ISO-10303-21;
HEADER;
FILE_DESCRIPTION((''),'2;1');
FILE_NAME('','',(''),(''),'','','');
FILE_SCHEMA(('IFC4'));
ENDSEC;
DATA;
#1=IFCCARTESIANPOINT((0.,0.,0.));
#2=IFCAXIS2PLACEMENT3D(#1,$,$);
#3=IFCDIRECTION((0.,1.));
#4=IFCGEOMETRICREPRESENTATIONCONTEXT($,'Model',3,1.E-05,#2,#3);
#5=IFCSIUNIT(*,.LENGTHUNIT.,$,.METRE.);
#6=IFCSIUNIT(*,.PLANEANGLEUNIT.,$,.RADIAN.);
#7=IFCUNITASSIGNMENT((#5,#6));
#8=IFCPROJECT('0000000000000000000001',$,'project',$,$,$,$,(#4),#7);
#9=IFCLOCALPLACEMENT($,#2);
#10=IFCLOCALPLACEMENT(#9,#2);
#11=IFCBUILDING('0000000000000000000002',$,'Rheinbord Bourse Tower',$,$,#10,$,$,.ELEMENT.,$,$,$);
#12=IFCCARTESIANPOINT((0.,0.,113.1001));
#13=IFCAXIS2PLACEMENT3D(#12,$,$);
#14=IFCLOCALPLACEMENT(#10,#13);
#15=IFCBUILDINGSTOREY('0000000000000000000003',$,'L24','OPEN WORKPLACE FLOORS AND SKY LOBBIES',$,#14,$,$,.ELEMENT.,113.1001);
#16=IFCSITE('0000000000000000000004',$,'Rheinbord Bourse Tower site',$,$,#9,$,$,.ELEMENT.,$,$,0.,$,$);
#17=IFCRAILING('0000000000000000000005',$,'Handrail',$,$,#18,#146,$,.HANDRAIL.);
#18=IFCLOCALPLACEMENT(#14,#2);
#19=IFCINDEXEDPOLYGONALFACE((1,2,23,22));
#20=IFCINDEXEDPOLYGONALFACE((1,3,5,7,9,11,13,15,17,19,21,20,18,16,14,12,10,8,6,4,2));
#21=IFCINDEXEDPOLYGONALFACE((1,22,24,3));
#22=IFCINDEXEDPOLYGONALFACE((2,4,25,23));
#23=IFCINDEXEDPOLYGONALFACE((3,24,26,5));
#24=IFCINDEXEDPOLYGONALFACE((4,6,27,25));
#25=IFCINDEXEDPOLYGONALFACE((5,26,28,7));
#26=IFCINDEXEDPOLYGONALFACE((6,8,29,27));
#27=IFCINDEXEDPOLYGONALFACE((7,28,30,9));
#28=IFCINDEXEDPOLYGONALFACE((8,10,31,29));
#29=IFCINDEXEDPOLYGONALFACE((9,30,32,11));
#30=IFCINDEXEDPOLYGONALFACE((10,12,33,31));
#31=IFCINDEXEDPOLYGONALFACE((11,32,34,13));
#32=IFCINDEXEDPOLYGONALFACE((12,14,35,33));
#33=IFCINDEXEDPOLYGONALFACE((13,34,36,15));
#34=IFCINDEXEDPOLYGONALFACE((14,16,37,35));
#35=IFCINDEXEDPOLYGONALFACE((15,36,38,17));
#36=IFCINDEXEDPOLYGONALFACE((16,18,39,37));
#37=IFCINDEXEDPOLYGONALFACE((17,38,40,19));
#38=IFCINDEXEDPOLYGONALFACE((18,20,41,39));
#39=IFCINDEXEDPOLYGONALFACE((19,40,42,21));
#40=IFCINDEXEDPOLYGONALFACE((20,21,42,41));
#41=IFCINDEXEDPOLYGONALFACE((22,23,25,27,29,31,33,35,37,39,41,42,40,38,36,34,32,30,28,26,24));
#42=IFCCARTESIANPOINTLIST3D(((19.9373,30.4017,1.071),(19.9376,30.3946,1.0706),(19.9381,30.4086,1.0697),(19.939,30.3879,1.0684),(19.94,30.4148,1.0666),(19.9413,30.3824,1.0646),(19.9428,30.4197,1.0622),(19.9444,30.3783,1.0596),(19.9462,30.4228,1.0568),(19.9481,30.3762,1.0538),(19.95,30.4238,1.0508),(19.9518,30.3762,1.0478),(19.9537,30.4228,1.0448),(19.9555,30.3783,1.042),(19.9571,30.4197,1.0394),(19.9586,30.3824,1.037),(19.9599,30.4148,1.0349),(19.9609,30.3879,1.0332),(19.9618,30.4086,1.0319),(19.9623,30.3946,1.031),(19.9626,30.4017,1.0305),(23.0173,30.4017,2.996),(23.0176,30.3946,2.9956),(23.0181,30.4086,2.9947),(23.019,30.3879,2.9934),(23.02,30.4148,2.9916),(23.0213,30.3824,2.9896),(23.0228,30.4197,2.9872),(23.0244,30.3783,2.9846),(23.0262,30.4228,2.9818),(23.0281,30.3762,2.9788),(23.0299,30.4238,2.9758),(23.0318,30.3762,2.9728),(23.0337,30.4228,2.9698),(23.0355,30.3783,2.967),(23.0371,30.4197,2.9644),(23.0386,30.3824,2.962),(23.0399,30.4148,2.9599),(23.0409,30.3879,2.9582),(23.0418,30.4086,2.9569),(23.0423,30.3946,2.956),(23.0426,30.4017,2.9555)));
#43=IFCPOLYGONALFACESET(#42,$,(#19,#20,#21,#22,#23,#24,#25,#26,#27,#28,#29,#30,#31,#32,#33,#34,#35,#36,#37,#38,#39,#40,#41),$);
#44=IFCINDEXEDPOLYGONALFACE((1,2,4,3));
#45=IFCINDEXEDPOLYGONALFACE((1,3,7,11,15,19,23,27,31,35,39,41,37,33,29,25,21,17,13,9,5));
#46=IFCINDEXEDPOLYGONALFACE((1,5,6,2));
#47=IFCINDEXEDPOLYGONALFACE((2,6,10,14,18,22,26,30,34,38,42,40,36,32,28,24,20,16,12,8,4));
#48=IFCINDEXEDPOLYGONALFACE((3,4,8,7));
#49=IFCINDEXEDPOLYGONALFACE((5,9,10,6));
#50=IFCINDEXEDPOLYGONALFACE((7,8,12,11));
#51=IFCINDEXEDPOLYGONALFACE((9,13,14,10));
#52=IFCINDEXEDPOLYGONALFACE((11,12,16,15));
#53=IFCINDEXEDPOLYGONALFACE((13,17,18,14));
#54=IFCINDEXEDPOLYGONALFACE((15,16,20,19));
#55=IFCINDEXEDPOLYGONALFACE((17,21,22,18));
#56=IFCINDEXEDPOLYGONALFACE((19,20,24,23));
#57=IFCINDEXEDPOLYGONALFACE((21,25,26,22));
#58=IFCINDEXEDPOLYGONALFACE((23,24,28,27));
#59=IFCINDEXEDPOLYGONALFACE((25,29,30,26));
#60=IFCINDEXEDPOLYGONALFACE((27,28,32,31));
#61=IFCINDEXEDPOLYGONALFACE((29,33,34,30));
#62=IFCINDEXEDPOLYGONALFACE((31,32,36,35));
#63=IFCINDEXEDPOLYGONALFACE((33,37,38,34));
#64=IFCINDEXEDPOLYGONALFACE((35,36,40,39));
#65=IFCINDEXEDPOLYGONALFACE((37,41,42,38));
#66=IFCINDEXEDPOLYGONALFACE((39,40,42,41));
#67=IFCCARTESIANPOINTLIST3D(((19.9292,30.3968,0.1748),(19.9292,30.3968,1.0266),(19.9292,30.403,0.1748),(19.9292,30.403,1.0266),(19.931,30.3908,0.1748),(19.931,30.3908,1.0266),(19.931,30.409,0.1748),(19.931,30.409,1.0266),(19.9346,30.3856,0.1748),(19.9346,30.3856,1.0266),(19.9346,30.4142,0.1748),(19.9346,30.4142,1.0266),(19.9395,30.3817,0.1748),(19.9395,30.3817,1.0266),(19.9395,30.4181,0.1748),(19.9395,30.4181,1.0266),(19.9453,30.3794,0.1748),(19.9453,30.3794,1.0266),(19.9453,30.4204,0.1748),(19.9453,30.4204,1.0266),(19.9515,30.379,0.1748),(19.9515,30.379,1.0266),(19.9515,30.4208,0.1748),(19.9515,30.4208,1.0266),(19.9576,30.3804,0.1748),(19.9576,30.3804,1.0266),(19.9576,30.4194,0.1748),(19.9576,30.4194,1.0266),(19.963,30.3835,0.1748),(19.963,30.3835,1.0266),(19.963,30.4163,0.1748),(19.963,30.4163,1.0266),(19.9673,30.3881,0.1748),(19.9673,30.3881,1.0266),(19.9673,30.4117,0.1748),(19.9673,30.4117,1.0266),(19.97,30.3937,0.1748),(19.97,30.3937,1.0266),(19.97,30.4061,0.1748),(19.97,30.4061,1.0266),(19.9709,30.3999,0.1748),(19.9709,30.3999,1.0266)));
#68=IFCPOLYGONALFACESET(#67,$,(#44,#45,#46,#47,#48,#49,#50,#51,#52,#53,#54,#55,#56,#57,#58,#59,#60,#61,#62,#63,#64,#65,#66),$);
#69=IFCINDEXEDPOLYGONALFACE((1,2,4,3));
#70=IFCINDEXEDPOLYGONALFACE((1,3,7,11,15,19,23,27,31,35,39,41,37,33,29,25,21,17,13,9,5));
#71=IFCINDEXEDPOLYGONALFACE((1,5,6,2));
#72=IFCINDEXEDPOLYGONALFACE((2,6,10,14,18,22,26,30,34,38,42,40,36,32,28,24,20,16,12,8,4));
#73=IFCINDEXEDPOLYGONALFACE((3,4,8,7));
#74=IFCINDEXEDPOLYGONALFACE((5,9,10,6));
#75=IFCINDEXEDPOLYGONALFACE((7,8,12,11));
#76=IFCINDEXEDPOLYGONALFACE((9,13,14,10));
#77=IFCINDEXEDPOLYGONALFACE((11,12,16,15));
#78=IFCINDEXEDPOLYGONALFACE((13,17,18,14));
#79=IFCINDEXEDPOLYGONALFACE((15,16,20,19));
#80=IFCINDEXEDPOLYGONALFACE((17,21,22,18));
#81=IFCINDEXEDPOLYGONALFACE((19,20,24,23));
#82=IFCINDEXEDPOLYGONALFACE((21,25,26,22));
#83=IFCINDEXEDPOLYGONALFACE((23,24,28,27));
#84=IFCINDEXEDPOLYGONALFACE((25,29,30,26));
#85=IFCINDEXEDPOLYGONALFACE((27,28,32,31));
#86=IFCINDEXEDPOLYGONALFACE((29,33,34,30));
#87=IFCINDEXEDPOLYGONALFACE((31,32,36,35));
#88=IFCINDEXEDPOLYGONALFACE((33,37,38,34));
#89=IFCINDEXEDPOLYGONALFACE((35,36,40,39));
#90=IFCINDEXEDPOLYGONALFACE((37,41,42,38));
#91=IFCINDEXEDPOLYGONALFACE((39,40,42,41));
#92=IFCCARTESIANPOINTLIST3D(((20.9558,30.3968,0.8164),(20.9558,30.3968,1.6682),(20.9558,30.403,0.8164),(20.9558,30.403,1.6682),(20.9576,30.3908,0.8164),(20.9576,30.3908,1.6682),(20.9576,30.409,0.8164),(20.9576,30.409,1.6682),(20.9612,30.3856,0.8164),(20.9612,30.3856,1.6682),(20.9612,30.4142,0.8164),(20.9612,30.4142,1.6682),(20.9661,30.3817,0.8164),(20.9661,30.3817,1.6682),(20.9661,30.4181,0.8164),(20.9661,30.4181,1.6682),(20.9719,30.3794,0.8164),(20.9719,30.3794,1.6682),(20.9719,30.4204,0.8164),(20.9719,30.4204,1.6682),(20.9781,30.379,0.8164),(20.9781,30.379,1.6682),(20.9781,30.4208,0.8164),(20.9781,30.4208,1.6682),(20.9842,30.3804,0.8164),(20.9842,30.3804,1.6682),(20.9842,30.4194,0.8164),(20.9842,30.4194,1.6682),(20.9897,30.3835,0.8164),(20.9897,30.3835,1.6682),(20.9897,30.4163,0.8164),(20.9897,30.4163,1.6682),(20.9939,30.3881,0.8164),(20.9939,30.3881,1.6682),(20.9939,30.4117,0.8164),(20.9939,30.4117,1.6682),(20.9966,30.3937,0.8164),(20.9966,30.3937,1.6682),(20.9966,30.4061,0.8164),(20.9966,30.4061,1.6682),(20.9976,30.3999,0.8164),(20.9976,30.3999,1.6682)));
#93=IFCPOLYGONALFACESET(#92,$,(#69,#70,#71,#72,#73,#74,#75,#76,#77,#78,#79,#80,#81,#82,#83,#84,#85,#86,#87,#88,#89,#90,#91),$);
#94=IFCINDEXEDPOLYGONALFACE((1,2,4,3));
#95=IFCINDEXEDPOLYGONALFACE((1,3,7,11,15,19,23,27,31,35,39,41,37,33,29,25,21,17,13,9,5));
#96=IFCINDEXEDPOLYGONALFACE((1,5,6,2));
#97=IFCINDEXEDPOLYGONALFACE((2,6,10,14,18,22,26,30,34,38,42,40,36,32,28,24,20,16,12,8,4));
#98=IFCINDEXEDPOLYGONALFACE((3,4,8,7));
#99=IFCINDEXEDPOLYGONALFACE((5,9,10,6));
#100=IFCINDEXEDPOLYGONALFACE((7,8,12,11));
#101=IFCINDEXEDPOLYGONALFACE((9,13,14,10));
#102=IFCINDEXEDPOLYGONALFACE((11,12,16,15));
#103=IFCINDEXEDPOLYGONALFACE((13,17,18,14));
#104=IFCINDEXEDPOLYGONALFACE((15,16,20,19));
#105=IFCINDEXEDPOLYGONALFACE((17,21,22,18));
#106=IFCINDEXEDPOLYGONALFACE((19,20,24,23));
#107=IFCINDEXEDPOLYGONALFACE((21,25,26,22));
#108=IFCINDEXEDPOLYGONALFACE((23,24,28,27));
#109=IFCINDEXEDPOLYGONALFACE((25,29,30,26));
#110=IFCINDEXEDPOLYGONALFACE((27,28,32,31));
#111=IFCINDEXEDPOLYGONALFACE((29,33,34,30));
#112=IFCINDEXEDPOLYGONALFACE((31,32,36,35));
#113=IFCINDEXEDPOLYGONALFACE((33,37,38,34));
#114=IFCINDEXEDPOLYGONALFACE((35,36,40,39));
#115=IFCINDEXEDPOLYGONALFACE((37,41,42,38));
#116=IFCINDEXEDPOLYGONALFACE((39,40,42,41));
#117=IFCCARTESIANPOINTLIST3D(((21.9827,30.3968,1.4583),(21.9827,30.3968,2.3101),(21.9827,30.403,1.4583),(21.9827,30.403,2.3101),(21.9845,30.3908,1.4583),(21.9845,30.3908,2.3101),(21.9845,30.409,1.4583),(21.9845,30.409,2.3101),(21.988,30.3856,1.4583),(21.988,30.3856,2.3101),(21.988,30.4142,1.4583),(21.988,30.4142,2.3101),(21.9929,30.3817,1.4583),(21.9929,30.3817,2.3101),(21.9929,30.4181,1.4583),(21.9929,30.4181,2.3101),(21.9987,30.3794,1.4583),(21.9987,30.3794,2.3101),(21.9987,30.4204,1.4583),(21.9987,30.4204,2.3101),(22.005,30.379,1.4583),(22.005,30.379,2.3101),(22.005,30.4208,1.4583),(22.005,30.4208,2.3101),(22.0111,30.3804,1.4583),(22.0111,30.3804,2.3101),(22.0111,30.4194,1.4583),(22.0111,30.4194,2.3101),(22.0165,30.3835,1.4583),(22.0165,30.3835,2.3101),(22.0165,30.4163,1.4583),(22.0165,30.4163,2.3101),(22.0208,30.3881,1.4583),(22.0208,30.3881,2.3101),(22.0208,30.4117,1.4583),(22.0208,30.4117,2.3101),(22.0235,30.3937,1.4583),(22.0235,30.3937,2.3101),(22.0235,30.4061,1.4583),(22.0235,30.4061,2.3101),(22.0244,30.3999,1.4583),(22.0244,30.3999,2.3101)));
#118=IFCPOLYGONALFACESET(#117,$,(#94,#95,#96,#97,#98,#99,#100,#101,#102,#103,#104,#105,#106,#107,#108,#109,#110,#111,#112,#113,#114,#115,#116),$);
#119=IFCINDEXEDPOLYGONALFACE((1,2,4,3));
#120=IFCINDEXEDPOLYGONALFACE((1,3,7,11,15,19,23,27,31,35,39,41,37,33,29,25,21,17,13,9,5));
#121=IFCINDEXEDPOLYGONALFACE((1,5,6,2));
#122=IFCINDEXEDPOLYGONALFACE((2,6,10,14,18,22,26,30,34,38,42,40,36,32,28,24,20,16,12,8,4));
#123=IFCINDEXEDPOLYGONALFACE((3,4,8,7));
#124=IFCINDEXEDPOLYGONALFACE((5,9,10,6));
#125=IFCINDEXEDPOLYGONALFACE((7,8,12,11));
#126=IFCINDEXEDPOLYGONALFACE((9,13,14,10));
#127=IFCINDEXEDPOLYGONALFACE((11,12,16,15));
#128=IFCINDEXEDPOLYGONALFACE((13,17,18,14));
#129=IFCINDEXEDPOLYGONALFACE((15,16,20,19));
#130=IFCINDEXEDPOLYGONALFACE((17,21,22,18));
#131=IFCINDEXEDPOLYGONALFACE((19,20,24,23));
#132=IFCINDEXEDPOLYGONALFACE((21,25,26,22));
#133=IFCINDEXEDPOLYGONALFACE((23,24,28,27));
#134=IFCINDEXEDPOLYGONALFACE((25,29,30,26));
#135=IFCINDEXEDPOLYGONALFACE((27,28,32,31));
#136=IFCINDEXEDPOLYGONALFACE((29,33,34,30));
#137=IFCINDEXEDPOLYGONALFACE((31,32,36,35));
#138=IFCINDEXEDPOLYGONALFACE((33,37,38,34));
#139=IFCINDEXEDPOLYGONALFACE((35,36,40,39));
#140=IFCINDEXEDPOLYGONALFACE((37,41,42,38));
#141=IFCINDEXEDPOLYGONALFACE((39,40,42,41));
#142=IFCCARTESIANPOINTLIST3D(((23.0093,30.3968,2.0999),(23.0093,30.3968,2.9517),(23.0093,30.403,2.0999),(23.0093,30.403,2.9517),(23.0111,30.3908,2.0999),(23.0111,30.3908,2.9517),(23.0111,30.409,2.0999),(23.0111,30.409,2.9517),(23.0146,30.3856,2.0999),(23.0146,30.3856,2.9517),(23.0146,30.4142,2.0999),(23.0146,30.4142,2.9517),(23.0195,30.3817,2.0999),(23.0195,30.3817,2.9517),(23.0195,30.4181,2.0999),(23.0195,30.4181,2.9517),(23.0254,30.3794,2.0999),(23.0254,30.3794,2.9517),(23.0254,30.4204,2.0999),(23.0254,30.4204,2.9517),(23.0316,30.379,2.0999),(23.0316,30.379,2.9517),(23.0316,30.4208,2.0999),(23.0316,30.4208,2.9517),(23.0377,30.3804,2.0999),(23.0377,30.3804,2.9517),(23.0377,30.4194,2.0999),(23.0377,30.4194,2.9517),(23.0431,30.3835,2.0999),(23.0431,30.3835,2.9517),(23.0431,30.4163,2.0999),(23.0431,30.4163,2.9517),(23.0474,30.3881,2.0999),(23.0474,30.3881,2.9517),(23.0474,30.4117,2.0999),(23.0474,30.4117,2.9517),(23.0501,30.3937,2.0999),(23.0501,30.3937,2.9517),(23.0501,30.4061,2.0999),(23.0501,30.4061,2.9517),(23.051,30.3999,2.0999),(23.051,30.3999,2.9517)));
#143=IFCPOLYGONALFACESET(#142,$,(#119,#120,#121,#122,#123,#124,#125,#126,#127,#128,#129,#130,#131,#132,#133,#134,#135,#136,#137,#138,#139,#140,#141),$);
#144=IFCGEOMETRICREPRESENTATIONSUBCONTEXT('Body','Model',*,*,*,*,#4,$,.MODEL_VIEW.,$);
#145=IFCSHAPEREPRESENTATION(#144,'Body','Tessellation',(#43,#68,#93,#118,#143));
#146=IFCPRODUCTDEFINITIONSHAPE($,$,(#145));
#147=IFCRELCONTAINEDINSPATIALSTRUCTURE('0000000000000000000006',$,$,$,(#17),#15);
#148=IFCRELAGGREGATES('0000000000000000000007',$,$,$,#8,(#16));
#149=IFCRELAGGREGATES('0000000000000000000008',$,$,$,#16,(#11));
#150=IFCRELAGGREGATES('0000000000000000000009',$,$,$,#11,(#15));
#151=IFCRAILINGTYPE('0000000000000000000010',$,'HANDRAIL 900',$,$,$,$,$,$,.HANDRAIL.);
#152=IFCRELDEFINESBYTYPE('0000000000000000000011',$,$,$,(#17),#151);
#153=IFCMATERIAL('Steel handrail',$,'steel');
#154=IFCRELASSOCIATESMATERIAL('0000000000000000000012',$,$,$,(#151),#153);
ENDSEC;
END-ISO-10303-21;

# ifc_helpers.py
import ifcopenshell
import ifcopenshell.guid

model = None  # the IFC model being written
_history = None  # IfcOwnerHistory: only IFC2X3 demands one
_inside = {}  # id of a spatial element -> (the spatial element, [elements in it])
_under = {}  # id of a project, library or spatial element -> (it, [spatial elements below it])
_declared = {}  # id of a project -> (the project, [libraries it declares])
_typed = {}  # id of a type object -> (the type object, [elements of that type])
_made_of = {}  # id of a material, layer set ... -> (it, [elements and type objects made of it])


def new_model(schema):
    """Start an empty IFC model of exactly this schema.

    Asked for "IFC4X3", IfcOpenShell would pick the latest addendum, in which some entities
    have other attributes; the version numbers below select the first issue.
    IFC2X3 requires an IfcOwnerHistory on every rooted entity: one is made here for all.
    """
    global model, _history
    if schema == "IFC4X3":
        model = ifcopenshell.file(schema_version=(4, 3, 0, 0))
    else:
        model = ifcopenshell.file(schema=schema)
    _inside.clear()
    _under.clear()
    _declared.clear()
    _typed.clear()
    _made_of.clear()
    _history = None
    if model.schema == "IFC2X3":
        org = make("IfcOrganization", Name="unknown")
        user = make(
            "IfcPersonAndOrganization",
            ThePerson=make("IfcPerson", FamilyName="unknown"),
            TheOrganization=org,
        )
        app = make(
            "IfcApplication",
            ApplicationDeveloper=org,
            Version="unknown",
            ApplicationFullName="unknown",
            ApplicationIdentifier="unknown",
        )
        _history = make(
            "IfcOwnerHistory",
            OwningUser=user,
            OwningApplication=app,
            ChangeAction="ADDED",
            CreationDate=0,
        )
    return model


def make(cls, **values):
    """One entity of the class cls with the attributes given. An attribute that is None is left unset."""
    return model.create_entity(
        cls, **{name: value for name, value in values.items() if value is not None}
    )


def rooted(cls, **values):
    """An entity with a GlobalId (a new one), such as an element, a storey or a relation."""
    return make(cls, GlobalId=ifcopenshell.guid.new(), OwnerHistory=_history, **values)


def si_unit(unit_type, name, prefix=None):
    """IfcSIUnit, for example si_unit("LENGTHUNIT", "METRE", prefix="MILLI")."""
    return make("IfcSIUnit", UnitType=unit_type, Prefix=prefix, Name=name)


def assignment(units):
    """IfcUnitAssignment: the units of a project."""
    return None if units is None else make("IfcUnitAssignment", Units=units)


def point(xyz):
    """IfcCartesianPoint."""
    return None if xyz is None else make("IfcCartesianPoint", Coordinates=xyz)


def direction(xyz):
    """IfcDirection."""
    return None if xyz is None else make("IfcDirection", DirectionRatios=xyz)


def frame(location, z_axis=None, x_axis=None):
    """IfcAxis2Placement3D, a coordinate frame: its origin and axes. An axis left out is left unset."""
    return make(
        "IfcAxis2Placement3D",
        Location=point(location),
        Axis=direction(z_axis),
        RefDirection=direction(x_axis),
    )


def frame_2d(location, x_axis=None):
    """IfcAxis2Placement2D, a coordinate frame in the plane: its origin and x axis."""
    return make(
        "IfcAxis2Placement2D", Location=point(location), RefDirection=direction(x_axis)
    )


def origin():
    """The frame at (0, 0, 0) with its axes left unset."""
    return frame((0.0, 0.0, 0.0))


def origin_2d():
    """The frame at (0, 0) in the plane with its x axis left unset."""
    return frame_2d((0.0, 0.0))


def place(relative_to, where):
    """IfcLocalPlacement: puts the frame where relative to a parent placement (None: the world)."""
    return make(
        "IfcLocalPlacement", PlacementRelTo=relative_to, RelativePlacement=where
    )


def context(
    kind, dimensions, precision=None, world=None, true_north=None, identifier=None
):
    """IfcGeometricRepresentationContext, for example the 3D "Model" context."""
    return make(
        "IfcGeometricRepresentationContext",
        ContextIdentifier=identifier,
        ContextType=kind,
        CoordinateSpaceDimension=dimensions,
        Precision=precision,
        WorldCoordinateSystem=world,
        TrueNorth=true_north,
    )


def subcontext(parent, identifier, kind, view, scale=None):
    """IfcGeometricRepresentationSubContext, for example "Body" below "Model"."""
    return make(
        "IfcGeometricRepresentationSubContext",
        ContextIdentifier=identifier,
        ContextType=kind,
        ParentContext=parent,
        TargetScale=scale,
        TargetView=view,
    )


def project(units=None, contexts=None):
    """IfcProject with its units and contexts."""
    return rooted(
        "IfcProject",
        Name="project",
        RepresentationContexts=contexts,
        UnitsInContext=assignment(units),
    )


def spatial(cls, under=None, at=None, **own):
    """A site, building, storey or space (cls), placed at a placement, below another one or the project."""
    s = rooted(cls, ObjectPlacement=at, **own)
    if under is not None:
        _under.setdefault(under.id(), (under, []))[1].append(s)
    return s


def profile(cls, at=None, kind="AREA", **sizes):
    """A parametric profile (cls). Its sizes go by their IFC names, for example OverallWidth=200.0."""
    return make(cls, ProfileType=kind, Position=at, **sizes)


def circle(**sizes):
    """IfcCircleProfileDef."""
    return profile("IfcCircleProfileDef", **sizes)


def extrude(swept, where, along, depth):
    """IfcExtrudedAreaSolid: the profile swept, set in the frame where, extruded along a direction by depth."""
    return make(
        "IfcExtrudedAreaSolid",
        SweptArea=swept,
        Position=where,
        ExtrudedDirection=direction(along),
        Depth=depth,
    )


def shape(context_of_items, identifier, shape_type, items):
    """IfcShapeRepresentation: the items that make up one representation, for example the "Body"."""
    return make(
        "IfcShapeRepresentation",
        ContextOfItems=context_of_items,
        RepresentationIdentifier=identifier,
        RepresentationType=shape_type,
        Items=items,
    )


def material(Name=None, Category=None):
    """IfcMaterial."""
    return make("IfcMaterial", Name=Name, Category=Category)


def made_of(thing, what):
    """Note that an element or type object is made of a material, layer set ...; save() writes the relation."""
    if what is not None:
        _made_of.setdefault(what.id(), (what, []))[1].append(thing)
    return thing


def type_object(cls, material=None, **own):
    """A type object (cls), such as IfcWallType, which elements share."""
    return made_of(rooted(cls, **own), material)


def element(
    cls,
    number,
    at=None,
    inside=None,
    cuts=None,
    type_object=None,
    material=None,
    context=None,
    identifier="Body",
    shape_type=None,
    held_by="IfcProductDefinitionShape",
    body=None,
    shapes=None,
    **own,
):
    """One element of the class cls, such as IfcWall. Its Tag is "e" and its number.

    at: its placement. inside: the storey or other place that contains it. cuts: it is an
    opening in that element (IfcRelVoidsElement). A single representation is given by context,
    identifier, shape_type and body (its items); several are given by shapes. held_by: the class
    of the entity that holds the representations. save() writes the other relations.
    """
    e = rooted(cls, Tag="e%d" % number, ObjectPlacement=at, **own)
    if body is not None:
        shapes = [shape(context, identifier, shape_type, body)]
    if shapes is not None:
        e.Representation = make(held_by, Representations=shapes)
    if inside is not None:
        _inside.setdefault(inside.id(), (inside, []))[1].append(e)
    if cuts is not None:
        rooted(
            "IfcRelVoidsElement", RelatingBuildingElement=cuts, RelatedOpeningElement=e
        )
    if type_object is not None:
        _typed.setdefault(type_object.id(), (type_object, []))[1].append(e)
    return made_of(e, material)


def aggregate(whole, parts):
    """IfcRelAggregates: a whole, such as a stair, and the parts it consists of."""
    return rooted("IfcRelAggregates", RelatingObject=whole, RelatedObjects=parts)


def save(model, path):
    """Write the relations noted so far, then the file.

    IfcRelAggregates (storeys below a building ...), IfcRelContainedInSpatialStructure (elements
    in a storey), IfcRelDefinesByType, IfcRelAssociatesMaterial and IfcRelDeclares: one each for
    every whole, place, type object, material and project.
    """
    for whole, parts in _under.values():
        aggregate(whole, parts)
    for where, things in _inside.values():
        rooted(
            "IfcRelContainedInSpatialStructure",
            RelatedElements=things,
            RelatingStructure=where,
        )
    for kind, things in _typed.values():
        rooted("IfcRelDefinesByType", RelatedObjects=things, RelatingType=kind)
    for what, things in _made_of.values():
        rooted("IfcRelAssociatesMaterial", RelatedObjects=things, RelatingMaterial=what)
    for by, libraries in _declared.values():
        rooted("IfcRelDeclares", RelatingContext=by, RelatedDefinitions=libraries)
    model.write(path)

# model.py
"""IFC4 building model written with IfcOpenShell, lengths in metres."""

from ifc_helpers import new_model, si_unit, direction, frame, origin, origin_2d, place, context, subcontext, project, spatial, circle, extrude, material, type_object, element, save


model = new_model("IFC4")

# Units and contexts
model_context = context("Model", 3, precision=1e-05, world=origin(), true_north=direction((0.0, 1.0)))
body_context = subcontext(model_context, "Body", "Model", "MODEL_VIEW")
ifc_project = project(units=[si_unit("LENGTHUNIT", "METRE"), si_unit("PLANEANGLEUNIT", "RADIAN")], contexts=[model_context])

# Site, building, storey
site_placement = place(None, origin())
site = spatial("IfcSite", under=ifc_project, at=site_placement, Name="Rheinbord Bourse Tower site", CompositionType="ELEMENT", RefElevation=0.0)
building_placement = place(site_placement, origin())
building = spatial("IfcBuilding", under=site, at=building_placement, Name="Rheinbord Bourse Tower", CompositionType="ELEMENT")
storey_placement = place(building_placement, frame((0.0, 0.0, 113.1001)))
storey = spatial("IfcBuildingStorey", under=building, at=storey_placement, Name="L24", Description="OPEN WORKPLACE FLOORS AND SKY LOBBIES", CompositionType="ELEMENT", Elevation=113.1001)

# Railing
ifc_material_1 = material(Name="Steel handrail", Category="steel")
railing_type = type_object("IfcRailingType", Name="HANDRAIL 900", PredefinedType="HANDRAIL", material=ifc_material_1)
railing_1_placement = place(storey_placement, frame((19.95, 30.3999, 0.1748)))
element("IfcRailing", 1, at=railing_1_placement, inside=storey, type_object=railing_type, Name="Handrail", PredefinedType="HANDRAIL", context=body_context, shape_type="SweptSolid", body=[
    extrude(circle(Radius=0.0239, at=origin_2d()), frame((0.0, 0.0, 0.876), z_axis=(0.847998, 0.0, 0.529999), x_axis=(0.0, 1.0, 0.0)), (0.0, 0.0, 1.0), 3.6321),
    extrude(circle(Radius=0.021, at=origin_2d()), origin(), (0.0, 0.0, 1.0), 0.8518),
    extrude(circle(Radius=0.021, at=origin_2d()), frame((1.0266, 0.0, 0.6416)), (0.0, 0.0, 1.0), 0.8518),
    extrude(circle(Radius=0.021, at=origin_2d()), frame((2.0535, 0.0, 1.2834)), (0.0, 0.0, 1.0), 0.8518),
    extrude(circle(Radius=0.021, at=origin_2d()), frame((3.0801, 0.0, 1.925)), (0.0, 0.0, 1.0), 0.8518),
])

save(model, "model.ifc")
